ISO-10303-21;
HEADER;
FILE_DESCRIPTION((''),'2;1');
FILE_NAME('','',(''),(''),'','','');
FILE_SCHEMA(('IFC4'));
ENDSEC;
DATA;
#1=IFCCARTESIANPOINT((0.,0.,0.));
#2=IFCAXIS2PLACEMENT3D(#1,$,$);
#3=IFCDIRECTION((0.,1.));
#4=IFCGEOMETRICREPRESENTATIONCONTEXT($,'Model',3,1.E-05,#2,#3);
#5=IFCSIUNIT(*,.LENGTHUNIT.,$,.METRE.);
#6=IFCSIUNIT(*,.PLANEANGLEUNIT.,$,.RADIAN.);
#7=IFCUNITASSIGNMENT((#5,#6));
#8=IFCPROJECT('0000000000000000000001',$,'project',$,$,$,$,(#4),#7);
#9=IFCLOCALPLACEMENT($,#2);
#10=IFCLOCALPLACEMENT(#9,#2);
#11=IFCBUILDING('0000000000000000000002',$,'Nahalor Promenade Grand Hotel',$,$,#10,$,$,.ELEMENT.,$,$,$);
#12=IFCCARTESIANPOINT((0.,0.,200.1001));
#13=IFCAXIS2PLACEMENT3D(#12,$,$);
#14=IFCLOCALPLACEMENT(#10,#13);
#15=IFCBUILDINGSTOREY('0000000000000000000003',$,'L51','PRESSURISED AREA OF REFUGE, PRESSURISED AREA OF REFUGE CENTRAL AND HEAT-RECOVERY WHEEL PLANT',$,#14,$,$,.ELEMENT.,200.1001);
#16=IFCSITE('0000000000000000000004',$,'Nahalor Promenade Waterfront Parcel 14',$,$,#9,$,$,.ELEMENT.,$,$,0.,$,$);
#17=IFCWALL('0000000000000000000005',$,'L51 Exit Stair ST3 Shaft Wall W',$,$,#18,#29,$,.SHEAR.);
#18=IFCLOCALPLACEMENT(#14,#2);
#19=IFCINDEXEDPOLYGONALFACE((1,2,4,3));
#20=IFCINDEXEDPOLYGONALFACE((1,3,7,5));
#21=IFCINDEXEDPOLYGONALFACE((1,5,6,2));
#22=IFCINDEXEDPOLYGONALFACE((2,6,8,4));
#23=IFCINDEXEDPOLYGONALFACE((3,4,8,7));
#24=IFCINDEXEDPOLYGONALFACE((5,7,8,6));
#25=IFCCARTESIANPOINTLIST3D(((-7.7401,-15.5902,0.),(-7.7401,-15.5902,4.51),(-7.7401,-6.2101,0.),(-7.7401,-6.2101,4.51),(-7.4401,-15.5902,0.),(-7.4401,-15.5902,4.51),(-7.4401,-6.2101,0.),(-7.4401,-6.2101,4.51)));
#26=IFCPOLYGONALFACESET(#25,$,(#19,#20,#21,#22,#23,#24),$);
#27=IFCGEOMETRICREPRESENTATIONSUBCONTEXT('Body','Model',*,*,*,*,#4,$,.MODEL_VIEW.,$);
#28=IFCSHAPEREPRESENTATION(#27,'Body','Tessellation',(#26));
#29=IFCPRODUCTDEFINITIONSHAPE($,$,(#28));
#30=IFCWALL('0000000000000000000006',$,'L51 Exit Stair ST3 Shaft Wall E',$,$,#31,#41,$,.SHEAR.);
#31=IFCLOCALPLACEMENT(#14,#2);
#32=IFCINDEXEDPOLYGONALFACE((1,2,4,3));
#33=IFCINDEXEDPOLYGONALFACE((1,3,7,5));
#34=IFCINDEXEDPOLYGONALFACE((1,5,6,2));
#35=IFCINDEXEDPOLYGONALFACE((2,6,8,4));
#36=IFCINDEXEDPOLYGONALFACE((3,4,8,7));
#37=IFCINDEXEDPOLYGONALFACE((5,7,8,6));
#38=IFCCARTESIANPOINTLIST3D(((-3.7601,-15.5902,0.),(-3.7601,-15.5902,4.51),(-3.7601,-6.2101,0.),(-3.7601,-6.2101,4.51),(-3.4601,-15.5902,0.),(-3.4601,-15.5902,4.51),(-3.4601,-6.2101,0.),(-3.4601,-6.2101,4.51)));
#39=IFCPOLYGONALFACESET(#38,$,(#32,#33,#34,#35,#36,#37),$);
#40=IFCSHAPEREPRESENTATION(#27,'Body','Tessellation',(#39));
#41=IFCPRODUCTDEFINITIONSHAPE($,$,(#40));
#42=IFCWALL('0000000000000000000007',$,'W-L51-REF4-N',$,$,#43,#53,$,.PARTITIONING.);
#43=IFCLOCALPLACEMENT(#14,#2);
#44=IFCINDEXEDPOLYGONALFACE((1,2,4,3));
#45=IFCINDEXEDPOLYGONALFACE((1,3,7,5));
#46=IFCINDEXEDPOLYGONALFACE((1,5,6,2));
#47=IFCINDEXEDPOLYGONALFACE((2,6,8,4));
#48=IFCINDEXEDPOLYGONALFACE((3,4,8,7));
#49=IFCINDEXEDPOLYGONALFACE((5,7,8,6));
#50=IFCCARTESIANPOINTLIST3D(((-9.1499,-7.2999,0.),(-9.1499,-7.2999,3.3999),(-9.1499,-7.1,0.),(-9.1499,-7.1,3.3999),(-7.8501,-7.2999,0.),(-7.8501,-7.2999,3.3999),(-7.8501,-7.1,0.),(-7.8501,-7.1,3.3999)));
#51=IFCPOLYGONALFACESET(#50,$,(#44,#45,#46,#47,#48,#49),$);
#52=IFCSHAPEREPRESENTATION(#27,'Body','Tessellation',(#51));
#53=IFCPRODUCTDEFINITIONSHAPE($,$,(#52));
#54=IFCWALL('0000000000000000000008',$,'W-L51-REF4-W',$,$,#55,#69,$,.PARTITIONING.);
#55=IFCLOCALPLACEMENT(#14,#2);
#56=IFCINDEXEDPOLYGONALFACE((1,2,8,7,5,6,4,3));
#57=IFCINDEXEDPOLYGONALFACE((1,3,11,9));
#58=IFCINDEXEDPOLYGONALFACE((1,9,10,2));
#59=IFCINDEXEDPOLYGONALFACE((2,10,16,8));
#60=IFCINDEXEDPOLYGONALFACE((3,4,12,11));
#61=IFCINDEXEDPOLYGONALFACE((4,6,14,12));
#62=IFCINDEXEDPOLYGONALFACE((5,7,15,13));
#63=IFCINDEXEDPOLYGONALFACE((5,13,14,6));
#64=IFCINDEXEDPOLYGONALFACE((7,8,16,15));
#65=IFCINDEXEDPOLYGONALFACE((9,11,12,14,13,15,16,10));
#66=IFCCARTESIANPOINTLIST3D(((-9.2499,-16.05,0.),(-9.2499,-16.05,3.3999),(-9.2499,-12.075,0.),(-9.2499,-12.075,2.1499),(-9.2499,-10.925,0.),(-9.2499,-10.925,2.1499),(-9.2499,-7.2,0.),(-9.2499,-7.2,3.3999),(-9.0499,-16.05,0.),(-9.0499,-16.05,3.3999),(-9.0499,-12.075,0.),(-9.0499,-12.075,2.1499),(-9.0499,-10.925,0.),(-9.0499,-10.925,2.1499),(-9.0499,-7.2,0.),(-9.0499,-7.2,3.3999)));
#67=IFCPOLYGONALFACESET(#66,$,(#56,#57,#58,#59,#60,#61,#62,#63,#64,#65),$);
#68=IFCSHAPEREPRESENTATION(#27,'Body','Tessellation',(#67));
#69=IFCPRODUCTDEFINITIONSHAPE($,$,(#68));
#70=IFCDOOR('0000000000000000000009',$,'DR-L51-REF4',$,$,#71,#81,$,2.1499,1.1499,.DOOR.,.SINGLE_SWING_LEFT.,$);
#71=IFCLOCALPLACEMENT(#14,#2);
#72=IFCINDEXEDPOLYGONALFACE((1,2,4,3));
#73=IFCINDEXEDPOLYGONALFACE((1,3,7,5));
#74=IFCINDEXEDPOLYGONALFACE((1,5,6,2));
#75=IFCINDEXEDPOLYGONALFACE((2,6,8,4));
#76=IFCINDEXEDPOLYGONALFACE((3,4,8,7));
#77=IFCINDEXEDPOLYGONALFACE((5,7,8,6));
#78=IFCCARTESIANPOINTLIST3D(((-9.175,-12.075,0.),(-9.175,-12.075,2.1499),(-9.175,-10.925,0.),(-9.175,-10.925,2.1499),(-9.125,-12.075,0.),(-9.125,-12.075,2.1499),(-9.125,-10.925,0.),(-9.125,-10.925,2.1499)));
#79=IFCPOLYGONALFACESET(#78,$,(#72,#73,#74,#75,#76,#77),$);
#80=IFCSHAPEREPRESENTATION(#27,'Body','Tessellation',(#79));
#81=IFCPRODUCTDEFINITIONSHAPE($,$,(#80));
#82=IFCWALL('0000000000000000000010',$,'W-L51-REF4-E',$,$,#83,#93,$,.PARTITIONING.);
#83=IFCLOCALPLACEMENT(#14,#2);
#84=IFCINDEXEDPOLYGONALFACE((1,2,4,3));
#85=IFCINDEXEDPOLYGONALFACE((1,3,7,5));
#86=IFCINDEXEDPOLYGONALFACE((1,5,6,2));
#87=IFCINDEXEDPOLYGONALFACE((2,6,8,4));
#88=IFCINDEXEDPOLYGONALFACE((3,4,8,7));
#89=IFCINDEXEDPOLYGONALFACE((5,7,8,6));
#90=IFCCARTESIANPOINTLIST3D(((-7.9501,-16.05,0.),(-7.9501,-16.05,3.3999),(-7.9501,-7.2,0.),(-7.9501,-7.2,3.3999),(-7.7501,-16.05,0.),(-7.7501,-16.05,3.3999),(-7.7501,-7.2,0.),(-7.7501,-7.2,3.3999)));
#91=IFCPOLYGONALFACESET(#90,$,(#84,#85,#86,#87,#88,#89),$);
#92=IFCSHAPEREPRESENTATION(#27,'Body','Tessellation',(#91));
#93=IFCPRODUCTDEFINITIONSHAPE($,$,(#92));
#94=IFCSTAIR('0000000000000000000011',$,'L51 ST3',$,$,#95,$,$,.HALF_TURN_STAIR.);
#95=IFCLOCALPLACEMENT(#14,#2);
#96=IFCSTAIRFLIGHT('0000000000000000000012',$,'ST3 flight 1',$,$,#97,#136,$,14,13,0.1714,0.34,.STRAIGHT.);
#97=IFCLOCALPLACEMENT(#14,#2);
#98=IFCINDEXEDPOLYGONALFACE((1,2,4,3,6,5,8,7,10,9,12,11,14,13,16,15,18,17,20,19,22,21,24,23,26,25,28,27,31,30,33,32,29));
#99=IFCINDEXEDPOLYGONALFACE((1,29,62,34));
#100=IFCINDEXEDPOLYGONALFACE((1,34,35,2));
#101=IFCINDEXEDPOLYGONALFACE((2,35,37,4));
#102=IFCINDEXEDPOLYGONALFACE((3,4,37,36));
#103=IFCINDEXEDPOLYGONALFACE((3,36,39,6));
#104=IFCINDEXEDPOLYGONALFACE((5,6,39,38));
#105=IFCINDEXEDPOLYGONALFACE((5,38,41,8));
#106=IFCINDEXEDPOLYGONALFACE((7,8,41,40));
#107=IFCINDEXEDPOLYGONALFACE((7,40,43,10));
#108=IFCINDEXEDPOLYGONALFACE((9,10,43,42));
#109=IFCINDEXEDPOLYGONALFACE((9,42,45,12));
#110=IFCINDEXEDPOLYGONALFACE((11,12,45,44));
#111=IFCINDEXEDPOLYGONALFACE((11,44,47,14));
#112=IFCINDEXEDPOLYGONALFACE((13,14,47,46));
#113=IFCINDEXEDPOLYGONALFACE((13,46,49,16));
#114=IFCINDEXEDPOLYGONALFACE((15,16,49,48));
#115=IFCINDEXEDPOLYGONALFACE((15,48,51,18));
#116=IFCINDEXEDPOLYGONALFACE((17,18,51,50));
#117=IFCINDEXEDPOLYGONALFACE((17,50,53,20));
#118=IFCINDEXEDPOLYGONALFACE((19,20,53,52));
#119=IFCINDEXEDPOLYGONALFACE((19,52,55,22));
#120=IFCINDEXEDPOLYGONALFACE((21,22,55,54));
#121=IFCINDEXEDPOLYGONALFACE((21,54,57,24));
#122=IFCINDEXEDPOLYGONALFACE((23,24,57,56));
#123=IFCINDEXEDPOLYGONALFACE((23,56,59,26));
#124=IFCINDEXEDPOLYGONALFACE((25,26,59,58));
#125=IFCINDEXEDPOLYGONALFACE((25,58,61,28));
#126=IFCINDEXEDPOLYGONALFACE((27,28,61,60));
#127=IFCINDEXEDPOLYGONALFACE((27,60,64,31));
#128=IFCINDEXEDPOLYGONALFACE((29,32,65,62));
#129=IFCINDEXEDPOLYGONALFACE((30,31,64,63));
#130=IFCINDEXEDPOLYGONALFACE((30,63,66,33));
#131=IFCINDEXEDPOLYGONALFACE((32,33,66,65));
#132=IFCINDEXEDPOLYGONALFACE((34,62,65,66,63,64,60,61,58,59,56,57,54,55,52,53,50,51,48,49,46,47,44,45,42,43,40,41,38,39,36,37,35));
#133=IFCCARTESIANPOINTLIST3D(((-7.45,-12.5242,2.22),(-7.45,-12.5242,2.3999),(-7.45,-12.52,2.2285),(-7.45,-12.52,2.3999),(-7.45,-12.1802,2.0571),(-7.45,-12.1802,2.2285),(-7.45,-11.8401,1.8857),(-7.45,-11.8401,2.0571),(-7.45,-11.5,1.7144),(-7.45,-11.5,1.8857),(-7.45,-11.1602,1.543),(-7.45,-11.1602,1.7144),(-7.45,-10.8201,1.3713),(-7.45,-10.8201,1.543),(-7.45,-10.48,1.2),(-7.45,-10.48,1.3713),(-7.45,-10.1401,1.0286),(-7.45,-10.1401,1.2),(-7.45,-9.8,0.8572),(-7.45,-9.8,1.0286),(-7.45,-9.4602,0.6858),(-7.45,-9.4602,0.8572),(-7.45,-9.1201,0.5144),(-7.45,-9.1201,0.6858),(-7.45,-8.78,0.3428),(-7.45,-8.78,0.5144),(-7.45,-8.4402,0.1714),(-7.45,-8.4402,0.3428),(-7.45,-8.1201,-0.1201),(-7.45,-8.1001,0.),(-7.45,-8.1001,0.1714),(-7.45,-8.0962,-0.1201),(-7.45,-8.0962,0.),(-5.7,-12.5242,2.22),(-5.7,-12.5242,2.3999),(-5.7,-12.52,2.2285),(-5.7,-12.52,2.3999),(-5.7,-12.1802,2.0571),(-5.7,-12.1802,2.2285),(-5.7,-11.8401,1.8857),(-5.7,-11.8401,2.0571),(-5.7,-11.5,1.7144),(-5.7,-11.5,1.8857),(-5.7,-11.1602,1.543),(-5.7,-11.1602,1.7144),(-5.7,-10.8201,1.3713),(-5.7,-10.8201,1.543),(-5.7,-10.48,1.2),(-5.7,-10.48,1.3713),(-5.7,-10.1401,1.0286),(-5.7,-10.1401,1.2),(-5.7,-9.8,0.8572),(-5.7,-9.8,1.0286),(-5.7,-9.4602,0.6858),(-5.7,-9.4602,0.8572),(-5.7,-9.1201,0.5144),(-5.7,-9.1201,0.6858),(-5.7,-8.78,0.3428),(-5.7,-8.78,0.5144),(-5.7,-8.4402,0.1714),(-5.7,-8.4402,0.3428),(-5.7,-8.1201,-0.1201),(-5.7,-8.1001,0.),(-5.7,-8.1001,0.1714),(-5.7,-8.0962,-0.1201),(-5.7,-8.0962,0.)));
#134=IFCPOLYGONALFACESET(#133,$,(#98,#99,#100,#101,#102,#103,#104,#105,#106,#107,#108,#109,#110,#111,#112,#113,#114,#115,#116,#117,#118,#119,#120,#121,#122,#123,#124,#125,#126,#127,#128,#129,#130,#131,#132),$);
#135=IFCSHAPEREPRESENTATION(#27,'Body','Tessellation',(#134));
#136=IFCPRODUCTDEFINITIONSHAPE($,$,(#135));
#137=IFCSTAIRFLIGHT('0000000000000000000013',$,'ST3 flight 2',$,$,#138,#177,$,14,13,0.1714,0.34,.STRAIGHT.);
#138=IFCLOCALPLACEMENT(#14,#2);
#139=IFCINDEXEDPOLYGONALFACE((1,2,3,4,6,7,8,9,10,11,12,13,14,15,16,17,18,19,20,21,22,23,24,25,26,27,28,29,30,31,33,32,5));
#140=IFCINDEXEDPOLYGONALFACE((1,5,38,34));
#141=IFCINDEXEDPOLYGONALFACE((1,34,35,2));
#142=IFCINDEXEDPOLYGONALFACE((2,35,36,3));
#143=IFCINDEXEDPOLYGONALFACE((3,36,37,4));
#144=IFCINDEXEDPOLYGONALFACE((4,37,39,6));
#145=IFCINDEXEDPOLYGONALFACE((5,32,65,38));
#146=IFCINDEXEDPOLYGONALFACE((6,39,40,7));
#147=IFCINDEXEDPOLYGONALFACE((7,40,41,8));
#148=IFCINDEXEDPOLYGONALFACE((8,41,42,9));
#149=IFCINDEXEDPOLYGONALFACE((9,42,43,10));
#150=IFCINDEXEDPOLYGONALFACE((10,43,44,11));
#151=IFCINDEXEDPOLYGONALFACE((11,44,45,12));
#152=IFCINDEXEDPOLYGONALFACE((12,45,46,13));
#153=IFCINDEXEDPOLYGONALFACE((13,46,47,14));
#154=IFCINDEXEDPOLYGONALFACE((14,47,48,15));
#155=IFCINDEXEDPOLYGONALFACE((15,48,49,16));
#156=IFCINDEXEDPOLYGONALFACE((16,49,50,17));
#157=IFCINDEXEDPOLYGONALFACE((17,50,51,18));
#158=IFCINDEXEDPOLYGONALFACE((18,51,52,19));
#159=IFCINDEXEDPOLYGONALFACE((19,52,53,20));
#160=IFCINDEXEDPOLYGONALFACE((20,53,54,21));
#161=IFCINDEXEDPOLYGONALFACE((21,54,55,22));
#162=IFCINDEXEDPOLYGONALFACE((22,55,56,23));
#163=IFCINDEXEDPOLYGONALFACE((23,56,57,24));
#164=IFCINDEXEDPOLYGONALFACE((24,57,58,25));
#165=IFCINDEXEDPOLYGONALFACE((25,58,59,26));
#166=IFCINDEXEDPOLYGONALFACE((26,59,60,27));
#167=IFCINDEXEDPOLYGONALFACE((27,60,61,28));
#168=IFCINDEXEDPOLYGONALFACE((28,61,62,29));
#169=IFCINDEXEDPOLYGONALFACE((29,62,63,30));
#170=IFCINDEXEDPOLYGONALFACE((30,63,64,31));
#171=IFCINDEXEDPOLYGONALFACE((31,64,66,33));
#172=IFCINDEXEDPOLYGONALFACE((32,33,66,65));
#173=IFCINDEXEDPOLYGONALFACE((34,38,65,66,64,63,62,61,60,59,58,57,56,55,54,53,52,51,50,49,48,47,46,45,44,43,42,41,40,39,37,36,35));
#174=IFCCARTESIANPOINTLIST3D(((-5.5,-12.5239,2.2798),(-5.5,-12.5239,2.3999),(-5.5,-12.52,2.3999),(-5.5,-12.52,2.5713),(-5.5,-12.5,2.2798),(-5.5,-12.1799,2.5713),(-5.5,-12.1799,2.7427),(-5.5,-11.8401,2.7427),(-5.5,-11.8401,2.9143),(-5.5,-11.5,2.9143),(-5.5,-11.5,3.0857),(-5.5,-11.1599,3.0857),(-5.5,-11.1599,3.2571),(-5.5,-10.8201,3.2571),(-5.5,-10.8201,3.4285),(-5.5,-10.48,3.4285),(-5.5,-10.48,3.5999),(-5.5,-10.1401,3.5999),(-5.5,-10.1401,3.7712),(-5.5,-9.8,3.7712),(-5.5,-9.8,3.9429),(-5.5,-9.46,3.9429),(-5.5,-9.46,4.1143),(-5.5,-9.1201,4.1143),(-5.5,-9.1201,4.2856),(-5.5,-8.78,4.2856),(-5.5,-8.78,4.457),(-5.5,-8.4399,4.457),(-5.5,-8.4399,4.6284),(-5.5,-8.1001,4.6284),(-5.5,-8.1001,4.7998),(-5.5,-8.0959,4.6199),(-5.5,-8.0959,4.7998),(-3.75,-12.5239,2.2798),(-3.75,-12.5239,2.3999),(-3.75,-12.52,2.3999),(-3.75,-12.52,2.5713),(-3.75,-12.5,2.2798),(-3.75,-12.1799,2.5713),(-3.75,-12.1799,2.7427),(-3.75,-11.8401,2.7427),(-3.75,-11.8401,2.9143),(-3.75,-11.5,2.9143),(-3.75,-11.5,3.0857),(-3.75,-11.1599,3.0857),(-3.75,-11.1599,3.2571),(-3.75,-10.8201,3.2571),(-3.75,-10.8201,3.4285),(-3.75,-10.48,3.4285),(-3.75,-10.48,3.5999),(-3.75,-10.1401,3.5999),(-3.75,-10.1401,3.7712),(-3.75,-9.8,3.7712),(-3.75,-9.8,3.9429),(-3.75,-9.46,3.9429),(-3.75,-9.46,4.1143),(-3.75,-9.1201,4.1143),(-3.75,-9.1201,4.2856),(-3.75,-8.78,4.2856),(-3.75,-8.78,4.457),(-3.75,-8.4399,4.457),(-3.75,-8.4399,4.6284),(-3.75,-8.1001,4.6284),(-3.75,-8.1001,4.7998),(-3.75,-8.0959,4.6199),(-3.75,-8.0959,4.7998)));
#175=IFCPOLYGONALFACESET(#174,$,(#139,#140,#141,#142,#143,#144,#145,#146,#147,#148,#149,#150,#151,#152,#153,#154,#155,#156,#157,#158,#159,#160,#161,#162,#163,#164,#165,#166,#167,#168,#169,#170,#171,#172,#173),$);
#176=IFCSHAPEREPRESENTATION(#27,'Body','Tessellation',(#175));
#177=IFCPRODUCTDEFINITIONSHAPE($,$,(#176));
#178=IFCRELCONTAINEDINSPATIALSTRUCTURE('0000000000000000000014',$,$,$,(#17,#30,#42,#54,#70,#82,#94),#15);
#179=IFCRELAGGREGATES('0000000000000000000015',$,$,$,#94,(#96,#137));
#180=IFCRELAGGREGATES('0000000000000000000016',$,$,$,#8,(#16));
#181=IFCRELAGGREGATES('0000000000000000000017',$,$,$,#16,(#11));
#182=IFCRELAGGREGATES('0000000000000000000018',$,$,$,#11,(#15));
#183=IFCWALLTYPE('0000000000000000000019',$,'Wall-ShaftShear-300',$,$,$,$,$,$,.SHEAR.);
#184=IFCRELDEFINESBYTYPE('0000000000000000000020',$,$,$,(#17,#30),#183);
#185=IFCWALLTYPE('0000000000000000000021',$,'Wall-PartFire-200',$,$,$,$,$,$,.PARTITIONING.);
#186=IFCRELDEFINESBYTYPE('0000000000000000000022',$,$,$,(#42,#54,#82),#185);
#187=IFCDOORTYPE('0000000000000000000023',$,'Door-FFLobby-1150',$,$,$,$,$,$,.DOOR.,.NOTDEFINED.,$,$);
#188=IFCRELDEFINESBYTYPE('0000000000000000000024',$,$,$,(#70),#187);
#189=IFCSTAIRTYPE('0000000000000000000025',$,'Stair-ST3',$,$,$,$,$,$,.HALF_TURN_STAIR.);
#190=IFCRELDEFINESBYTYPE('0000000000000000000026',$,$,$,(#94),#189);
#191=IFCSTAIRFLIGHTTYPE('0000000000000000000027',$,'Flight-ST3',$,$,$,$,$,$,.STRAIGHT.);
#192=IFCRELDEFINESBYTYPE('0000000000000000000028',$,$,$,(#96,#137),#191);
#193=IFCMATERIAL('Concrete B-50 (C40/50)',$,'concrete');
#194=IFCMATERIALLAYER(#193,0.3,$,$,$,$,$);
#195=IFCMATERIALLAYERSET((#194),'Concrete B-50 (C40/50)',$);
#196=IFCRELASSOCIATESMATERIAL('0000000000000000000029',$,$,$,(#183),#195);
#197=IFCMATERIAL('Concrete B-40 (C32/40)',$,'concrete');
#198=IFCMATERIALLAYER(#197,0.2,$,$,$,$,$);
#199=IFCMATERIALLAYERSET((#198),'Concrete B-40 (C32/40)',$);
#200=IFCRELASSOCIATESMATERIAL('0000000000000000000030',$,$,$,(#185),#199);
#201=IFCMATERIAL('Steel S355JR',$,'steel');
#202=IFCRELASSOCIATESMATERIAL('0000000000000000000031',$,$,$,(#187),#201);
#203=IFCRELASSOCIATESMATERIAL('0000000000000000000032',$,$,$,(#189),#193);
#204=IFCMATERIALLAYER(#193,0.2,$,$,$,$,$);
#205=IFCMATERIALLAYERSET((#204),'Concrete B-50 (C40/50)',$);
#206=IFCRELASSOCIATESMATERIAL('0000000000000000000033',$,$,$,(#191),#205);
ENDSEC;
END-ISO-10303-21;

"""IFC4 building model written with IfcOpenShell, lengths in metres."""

from ifc_helpers import new_model, si_unit, direction, frame, frame_2d, origin, place, context, subcontext, project, spatial, polyline, rectangle, outline, extrude, source, transform, mapped, material, layer, layer_set, type_object, element, fill, aggregate, save


model = new_model("IFC4")

# Units and contexts
model_context = context("Model", 3, precision=1e-05, world=origin(), true_north=direction((0.0, 1.0)))
body_context = subcontext(model_context, "Body", "Model", "MODEL_VIEW")
ifc_project = project(units=[si_unit("LENGTHUNIT", "METRE"), si_unit("PLANEANGLEUNIT", "RADIAN")], contexts=[model_context])

# Site, building, storey
site_placement = place(None, origin())
site = spatial("IfcSite", under=ifc_project, at=site_placement, Name="Nahalor Promenade Waterfront Parcel 14", CompositionType="ELEMENT", RefElevation=0.0)
building_placement = place(site_placement, origin())
building = spatial("IfcBuilding", under=site, at=building_placement, Name="Nahalor Promenade Grand Hotel", CompositionType="ELEMENT")
storey_placement = place(building_placement, frame((0.0, 0.0, 200.1001)))
storey = spatial("IfcBuildingStorey", under=building, at=storey_placement, Name="L51", Description="PRESSURISED AREA OF REFUGE, PRESSURISED AREA OF REFUGE CENTRAL AND HEAT-RECOVERY WHEEL PLANT", CompositionType="ELEMENT", Elevation=200.1001)

# Shared definitions
ifc_material_1 = material(Name="Steel S355JR", Category="steel")

# Shared definitions
ifc_material_2 = material(Name="Concrete B-50 (C40/50)", Category="concrete")
ifc_layer_1 = layer(ifc_material_2, 0.3)
ifc_layer_set_1 = layer_set([ifc_layer_1], Name="Concrete B-50 (C40/50)")
wall_type_1 = type_object("IfcWallType", Name="Wall-ShaftShear-300", PredefinedType="SHEAR", material=ifc_layer_set_1)

# Walls
shared_shape_1 = source(origin(), body_context, "Body", "SweptSolid", [
    extrude(rectangle(XDim=9.3801, YDim=0.3, at=frame_2d((4.6899, 0.0))), origin(), (0.0, 0.0, 1.0), 4.51),
])
for number, where, z_axis, x_axis, name in (
    (1, (-7.5901, -15.5901, 0.0), (0.0, 0.0, 1.0), (0.0, 1.0, 0.0), "L51 Exit Stair ST3 Shaft Wall W"),
    (2, (-3.6101, -15.5901, 0.0), (0.0, 0.0, 1.0), (0.0, 1.0, 0.0), "L51 Exit Stair ST3 Shaft Wall E"),
):
    element("IfcWall", number, at=place(storey_placement, frame(where, z_axis=z_axis, x_axis=x_axis)), inside=storey, type_object=wall_type_1, Name=name, PredefinedType="SHEAR", context=body_context, shape_type="MappedRepresentation", body=[
        mapped(shared_shape_1, transform((0.0, 0.0, 0.0), scale=1.0)),
    ])
ifc_material_3 = material(Name="Concrete B-40 (C32/40)", Category="concrete")
ifc_layer_2 = layer(ifc_material_3, 0.2)
ifc_layer_set_2 = layer_set([ifc_layer_2], Name="Concrete B-40 (C32/40)")
wall_type_2 = type_object("IfcWallType", Name="Wall-PartFire-200", PredefinedType="PARTITIONING", material=ifc_layer_set_2)
shared_shape_2 = source(origin(), body_context, "Body", "SweptSolid", [
    extrude(rectangle(XDim=1.2998, YDim=0.2, at=frame_2d((0.6499, 0.0))), origin(), (0.0, 0.0, 1.0), 3.3999),
])
wall_1_placement = place(storey_placement, frame((-9.1499, -7.2, 0.0), z_axis=(0.0, 0.0, 1.0), x_axis=(1.0, 0.0, 0.0)))
element("IfcWall", 3, at=wall_1_placement, inside=storey, type_object=wall_type_2, Name="W-L51-REF4-N", PredefinedType="PARTITIONING", context=body_context, shape_type="MappedRepresentation", body=[
    mapped(shared_shape_2, transform((0.0, 0.0, 0.0), scale=1.0)),
])

# Wall, opening, door
shared_shape_3 = source(origin(), body_context, "Body", "SweptSolid", [
    extrude(rectangle(XDim=8.8501, YDim=0.2, at=frame_2d((4.425, 0.0))), origin(), (0.0, 0.0, 1.0), 3.3999),
])
wall_2_placement = place(storey_placement, frame((-9.1499, -16.05, 0.0), z_axis=(0.0, 0.0, 1.0), x_axis=(0.0, 1.0, 0.0)))
wall_2 = element("IfcWall", 4, at=wall_2_placement, inside=storey, type_object=wall_type_2, Name="W-L51-REF4-W", PredefinedType="PARTITIONING", context=body_context, shape_type="MappedRepresentation", body=[
    mapped(shared_shape_3, transform((0.0, 0.0, 0.0), scale=1.0)),
])
opening_1_placement = place(wall_2_placement, frame((3.9751, 0.0, 0.0)))
opening_1 = element("IfcOpeningElement", 5, at=opening_1_placement, cuts=wall_2, PredefinedType="OPENING", context=body_context, shape_type="SweptSolid", body=[
    extrude(rectangle(XDim=1.1499, YDim=2.1499, at=frame_2d((0.575, 1.075))), frame((0.0, 0.1099, 0.0), z_axis=(0.0, -1.0, 0.0), x_axis=(1.0, 0.0, 0.0)), (0.0, 0.0, 1.0), 0.22),
])
door_type_1 = type_object("IfcDoorType", Name="Door-FFLobby-1150", OperationType="NOTDEFINED", PredefinedType="DOOR", material=ifc_material_1)
shared_shape_4 = source(origin(), body_context, "Body", "SweptSolid", [
    extrude(rectangle(XDim=1.1499, YDim=2.1499, at=frame_2d((0.575, 1.075))), frame((0.0, 0.0249, 0.0), z_axis=(0.0, -1.0, 0.0), x_axis=(1.0, 0.0, 0.0)), (0.0, 0.0, 1.0), 0.05),
])
door_1_placement = place(opening_1_placement, frame((1.1499, 0.0, 0.0), z_axis=(0.0, 0.0, 1.0), x_axis=(-1.0, 0.0, 0.0)))
door_1 = element("IfcDoor", 6, at=door_1_placement, inside=storey, type_object=door_type_1, Name="DR-L51-REF4", OperationType="SINGLE_SWING_LEFT", OverallHeight=2.1499, OverallWidth=1.1499, PredefinedType="DOOR", context=body_context, shape_type="MappedRepresentation", body=[
    mapped(shared_shape_4, transform((0.0, 0.0, 0.0), scale=1.0)),
])
fill(opening_1, door_1)

# Wall
wall_3_placement = place(storey_placement, frame((-7.8501, -16.05, 0.0), z_axis=(0.0, 0.0, 1.0), x_axis=(0.0, 1.0, 0.0)))
element("IfcWall", 7, at=wall_3_placement, inside=storey, type_object=wall_type_2, Name="W-L51-REF4-E", PredefinedType="PARTITIONING", context=body_context, shape_type="MappedRepresentation", body=[
    mapped(shared_shape_3, transform((0.0, 0.0, 0.0), scale=1.0)),
])

# Stair, stair flights
stair_type = type_object("IfcStairType", Name="Stair-ST3", PredefinedType="HALF_TURN_STAIR", material=ifc_material_2)
stair_placement = place(storey_placement, origin())
stair = element("IfcStair", 8, at=stair_placement, inside=storey, type_object=stair_type, Name="L51 ST3", PredefinedType="HALF_TURN_STAIR")
ifc_layer_3 = layer(ifc_material_2, 0.2)
ifc_layer_set_3 = layer_set([ifc_layer_3], Name="Concrete B-50 (C40/50)")
stair_flight_type = type_object("IfcStairFlightType", Name="Flight-ST3", PredefinedType="STRAIGHT", material=ifc_layer_set_3)
shared_shape_5 = source(origin(), body_context, "Body", "SweptSolid", [
    extrude(outline(polyline([(-0.0039, -0.1201), (-0.0039, 0.0), (0.0, 0.0), (0.0, 0.1714), (0.3401, 0.1714), (0.3401, 0.3428), (0.6799, 0.3428), (0.6799, 0.5144), (1.02, 0.5144), (1.02, 0.6858), (1.3601, 0.6858), (1.3601, 0.8572), (1.7, 0.8572), (1.7, 1.0286), (2.04, 1.0286), (2.04, 1.2), (2.3799, 1.2), (2.3799, 1.3713), (2.72, 1.3713), (2.72, 1.543), (3.0601, 1.543), (3.0601, 1.7144), (3.3999, 1.7144), (3.3999, 1.8857), (3.74, 1.8857), (3.74, 2.0571), (4.0801, 2.0571), (4.0801, 2.2285), (4.4199, 2.2285), (4.4199, 2.3999), (4.4241, 2.3999), (4.4241, 2.22), (0.02, -0.1201), (-0.0039, -0.1201)])), frame((0.0, 0.875, 0.0), z_axis=(0.0, -1.0, 0.0), x_axis=(1.0, 0.0, 0.0)), (0.0, 0.0, 1.0), 1.75),
])
stair_flight_1_placement = place(storey_placement, frame((-6.575, -8.1001, 0.0), z_axis=(0.0, 0.0, 1.0), x_axis=(0.0, -1.0, 0.0)))
stair_flight_1 = element("IfcStairFlight", 9, at=stair_flight_1_placement, type_object=stair_flight_type, Name="ST3 flight 1", NumberOfRisers=14, NumberOfTreads=13, PredefinedType="STRAIGHT", RiserHeight=0.1714, TreadLength=0.34, context=body_context, shape_type="MappedRepresentation", body=[
    mapped(shared_shape_5, transform((0.0, 0.0, 0.0), scale=1.0)),
])
stair_flight_2_placement = place(storey_placement, frame((-4.625, -12.52, 2.3999), z_axis=(0.0, 0.0, 1.0), x_axis=(0.0, 1.0, 0.0)))
stair_flight_2 = element("IfcStairFlight", 10, at=stair_flight_2_placement, type_object=stair_flight_type, Name="ST3 flight 2", NumberOfRisers=14, NumberOfTreads=13, PredefinedType="STRAIGHT", RiserHeight=0.1714, TreadLength=0.34, context=body_context, shape_type="MappedRepresentation", body=[
    mapped(shared_shape_5, transform((0.0, 0.0, 0.0), scale=1.0)),
])
aggregate(stair, [stair_flight_1, stair_flight_2])

save(model, "model.ifc")
